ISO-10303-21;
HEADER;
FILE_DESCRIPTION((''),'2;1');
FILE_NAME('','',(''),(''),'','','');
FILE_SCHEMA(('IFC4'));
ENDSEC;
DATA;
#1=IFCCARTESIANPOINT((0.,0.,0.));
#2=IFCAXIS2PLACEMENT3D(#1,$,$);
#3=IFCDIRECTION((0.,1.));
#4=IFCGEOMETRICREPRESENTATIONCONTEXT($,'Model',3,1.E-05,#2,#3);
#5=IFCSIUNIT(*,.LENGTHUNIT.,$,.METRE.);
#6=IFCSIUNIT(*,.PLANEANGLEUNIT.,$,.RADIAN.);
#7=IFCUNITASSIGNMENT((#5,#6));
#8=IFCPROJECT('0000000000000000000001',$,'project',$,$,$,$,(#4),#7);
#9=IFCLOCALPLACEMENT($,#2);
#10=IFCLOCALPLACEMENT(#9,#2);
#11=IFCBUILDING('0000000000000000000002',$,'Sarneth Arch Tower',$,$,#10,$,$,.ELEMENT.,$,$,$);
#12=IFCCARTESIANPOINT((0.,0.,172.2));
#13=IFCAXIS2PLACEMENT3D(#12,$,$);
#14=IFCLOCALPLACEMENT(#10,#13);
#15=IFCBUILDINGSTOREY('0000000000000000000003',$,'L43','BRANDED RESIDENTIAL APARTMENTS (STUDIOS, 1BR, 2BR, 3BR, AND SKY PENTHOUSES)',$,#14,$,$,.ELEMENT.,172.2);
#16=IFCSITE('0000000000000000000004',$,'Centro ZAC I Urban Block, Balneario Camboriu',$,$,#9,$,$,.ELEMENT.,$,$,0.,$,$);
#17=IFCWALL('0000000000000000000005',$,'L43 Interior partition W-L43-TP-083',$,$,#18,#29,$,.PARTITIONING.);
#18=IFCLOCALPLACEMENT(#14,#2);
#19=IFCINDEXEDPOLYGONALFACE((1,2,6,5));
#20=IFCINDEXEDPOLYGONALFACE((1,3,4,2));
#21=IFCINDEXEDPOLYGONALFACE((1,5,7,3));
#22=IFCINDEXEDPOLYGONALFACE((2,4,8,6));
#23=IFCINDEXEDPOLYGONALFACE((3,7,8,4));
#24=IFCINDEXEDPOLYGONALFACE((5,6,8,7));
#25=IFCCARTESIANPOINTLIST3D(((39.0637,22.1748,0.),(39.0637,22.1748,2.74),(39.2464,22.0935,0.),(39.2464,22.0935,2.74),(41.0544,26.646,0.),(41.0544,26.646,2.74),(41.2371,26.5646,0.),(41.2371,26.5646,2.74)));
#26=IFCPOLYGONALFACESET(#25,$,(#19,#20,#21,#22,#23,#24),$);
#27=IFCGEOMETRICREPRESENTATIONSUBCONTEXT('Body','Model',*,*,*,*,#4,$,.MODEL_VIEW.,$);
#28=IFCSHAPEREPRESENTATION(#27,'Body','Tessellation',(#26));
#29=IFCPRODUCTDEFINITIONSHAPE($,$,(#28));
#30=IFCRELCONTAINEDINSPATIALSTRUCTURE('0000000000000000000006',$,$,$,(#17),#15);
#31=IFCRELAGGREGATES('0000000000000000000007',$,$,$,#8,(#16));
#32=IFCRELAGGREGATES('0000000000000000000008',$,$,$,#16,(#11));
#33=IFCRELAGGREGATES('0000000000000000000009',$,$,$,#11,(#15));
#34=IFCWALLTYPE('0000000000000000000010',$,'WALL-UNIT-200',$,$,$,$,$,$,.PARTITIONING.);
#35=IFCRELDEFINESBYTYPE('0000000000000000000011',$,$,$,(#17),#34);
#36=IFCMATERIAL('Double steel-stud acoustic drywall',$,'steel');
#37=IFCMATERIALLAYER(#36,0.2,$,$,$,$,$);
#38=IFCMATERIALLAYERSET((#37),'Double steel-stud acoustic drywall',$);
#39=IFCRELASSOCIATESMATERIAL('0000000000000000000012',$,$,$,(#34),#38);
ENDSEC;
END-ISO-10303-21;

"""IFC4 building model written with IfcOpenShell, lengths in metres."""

from ifc_helpers import new_model, si_unit, direction, frame, frame_2d, origin, place, context, subcontext, project, spatial, rectangle, extrude, material, layer, layer_set, type_object, element, save


model = new_model("IFC4")

# Units and contexts
model_context = context("Model", 3, precision=1e-05, world=origin(), true_north=direction((0.0, 1.0)))
body_context = subcontext(model_context, "Body", "Model", "MODEL_VIEW")
ifc_project = project(units=[si_unit("LENGTHUNIT", "METRE"), si_unit("PLANEANGLEUNIT", "RADIAN")], contexts=[model_context])

# Site, building, storey
site_placement = place(None, origin())
site = spatial("IfcSite", under=ifc_project, at=site_placement, Name="Centro ZAC I Urban Block, Balneario Camboriu", CompositionType="ELEMENT", RefElevation=0.0)
building_placement = place(site_placement, origin())
building = spatial("IfcBuilding", under=site, at=building_placement, Name="Sarneth Arch Tower", CompositionType="ELEMENT")
storey_placement = place(building_placement, frame((0.0, 0.0, 172.2)))
storey = spatial("IfcBuildingStorey", under=building, at=storey_placement, Name="L43", Description="BRANDED RESIDENTIAL APARTMENTS (STUDIOS, 1BR, 2BR, 3BR, AND SKY PENTHOUSES)", CompositionType="ELEMENT", Elevation=172.2)

# Wall
ifc_material_1 = material(Name="Double steel-stud acoustic drywall", Category="steel")
ifc_layer_1 = layer(ifc_material_1, 0.2)
ifc_layer_set_1 = layer_set([ifc_layer_1], Name="Double steel-stud acoustic drywall")
wall_type_1 = type_object("IfcWallType", Name="WALL-UNIT-200", PredefinedType="PARTITIONING", material=ifc_layer_set_1)
wall_1_placement = place(storey_placement, frame((39.155, 22.134, 0.0), z_axis=(0.0, 0.0, 1.0), x_axis=(0.40674, 0.913544, 0.0)))
element("IfcWall", 1, at=wall_1_placement, inside=storey, type_object=wall_type_1, Name="L43 Interior partition W-L43-TP-083", PredefinedType="PARTITIONING", context=body_context, shape_type="SweptSolid", body=[
    extrude(rectangle(XDim=4.8943, YDim=0.2, at=frame_2d((2.4473, 0.0))), origin(), (0.0, 0.0, 1.0), 2.74),
])

save(model, "model.ifc")
